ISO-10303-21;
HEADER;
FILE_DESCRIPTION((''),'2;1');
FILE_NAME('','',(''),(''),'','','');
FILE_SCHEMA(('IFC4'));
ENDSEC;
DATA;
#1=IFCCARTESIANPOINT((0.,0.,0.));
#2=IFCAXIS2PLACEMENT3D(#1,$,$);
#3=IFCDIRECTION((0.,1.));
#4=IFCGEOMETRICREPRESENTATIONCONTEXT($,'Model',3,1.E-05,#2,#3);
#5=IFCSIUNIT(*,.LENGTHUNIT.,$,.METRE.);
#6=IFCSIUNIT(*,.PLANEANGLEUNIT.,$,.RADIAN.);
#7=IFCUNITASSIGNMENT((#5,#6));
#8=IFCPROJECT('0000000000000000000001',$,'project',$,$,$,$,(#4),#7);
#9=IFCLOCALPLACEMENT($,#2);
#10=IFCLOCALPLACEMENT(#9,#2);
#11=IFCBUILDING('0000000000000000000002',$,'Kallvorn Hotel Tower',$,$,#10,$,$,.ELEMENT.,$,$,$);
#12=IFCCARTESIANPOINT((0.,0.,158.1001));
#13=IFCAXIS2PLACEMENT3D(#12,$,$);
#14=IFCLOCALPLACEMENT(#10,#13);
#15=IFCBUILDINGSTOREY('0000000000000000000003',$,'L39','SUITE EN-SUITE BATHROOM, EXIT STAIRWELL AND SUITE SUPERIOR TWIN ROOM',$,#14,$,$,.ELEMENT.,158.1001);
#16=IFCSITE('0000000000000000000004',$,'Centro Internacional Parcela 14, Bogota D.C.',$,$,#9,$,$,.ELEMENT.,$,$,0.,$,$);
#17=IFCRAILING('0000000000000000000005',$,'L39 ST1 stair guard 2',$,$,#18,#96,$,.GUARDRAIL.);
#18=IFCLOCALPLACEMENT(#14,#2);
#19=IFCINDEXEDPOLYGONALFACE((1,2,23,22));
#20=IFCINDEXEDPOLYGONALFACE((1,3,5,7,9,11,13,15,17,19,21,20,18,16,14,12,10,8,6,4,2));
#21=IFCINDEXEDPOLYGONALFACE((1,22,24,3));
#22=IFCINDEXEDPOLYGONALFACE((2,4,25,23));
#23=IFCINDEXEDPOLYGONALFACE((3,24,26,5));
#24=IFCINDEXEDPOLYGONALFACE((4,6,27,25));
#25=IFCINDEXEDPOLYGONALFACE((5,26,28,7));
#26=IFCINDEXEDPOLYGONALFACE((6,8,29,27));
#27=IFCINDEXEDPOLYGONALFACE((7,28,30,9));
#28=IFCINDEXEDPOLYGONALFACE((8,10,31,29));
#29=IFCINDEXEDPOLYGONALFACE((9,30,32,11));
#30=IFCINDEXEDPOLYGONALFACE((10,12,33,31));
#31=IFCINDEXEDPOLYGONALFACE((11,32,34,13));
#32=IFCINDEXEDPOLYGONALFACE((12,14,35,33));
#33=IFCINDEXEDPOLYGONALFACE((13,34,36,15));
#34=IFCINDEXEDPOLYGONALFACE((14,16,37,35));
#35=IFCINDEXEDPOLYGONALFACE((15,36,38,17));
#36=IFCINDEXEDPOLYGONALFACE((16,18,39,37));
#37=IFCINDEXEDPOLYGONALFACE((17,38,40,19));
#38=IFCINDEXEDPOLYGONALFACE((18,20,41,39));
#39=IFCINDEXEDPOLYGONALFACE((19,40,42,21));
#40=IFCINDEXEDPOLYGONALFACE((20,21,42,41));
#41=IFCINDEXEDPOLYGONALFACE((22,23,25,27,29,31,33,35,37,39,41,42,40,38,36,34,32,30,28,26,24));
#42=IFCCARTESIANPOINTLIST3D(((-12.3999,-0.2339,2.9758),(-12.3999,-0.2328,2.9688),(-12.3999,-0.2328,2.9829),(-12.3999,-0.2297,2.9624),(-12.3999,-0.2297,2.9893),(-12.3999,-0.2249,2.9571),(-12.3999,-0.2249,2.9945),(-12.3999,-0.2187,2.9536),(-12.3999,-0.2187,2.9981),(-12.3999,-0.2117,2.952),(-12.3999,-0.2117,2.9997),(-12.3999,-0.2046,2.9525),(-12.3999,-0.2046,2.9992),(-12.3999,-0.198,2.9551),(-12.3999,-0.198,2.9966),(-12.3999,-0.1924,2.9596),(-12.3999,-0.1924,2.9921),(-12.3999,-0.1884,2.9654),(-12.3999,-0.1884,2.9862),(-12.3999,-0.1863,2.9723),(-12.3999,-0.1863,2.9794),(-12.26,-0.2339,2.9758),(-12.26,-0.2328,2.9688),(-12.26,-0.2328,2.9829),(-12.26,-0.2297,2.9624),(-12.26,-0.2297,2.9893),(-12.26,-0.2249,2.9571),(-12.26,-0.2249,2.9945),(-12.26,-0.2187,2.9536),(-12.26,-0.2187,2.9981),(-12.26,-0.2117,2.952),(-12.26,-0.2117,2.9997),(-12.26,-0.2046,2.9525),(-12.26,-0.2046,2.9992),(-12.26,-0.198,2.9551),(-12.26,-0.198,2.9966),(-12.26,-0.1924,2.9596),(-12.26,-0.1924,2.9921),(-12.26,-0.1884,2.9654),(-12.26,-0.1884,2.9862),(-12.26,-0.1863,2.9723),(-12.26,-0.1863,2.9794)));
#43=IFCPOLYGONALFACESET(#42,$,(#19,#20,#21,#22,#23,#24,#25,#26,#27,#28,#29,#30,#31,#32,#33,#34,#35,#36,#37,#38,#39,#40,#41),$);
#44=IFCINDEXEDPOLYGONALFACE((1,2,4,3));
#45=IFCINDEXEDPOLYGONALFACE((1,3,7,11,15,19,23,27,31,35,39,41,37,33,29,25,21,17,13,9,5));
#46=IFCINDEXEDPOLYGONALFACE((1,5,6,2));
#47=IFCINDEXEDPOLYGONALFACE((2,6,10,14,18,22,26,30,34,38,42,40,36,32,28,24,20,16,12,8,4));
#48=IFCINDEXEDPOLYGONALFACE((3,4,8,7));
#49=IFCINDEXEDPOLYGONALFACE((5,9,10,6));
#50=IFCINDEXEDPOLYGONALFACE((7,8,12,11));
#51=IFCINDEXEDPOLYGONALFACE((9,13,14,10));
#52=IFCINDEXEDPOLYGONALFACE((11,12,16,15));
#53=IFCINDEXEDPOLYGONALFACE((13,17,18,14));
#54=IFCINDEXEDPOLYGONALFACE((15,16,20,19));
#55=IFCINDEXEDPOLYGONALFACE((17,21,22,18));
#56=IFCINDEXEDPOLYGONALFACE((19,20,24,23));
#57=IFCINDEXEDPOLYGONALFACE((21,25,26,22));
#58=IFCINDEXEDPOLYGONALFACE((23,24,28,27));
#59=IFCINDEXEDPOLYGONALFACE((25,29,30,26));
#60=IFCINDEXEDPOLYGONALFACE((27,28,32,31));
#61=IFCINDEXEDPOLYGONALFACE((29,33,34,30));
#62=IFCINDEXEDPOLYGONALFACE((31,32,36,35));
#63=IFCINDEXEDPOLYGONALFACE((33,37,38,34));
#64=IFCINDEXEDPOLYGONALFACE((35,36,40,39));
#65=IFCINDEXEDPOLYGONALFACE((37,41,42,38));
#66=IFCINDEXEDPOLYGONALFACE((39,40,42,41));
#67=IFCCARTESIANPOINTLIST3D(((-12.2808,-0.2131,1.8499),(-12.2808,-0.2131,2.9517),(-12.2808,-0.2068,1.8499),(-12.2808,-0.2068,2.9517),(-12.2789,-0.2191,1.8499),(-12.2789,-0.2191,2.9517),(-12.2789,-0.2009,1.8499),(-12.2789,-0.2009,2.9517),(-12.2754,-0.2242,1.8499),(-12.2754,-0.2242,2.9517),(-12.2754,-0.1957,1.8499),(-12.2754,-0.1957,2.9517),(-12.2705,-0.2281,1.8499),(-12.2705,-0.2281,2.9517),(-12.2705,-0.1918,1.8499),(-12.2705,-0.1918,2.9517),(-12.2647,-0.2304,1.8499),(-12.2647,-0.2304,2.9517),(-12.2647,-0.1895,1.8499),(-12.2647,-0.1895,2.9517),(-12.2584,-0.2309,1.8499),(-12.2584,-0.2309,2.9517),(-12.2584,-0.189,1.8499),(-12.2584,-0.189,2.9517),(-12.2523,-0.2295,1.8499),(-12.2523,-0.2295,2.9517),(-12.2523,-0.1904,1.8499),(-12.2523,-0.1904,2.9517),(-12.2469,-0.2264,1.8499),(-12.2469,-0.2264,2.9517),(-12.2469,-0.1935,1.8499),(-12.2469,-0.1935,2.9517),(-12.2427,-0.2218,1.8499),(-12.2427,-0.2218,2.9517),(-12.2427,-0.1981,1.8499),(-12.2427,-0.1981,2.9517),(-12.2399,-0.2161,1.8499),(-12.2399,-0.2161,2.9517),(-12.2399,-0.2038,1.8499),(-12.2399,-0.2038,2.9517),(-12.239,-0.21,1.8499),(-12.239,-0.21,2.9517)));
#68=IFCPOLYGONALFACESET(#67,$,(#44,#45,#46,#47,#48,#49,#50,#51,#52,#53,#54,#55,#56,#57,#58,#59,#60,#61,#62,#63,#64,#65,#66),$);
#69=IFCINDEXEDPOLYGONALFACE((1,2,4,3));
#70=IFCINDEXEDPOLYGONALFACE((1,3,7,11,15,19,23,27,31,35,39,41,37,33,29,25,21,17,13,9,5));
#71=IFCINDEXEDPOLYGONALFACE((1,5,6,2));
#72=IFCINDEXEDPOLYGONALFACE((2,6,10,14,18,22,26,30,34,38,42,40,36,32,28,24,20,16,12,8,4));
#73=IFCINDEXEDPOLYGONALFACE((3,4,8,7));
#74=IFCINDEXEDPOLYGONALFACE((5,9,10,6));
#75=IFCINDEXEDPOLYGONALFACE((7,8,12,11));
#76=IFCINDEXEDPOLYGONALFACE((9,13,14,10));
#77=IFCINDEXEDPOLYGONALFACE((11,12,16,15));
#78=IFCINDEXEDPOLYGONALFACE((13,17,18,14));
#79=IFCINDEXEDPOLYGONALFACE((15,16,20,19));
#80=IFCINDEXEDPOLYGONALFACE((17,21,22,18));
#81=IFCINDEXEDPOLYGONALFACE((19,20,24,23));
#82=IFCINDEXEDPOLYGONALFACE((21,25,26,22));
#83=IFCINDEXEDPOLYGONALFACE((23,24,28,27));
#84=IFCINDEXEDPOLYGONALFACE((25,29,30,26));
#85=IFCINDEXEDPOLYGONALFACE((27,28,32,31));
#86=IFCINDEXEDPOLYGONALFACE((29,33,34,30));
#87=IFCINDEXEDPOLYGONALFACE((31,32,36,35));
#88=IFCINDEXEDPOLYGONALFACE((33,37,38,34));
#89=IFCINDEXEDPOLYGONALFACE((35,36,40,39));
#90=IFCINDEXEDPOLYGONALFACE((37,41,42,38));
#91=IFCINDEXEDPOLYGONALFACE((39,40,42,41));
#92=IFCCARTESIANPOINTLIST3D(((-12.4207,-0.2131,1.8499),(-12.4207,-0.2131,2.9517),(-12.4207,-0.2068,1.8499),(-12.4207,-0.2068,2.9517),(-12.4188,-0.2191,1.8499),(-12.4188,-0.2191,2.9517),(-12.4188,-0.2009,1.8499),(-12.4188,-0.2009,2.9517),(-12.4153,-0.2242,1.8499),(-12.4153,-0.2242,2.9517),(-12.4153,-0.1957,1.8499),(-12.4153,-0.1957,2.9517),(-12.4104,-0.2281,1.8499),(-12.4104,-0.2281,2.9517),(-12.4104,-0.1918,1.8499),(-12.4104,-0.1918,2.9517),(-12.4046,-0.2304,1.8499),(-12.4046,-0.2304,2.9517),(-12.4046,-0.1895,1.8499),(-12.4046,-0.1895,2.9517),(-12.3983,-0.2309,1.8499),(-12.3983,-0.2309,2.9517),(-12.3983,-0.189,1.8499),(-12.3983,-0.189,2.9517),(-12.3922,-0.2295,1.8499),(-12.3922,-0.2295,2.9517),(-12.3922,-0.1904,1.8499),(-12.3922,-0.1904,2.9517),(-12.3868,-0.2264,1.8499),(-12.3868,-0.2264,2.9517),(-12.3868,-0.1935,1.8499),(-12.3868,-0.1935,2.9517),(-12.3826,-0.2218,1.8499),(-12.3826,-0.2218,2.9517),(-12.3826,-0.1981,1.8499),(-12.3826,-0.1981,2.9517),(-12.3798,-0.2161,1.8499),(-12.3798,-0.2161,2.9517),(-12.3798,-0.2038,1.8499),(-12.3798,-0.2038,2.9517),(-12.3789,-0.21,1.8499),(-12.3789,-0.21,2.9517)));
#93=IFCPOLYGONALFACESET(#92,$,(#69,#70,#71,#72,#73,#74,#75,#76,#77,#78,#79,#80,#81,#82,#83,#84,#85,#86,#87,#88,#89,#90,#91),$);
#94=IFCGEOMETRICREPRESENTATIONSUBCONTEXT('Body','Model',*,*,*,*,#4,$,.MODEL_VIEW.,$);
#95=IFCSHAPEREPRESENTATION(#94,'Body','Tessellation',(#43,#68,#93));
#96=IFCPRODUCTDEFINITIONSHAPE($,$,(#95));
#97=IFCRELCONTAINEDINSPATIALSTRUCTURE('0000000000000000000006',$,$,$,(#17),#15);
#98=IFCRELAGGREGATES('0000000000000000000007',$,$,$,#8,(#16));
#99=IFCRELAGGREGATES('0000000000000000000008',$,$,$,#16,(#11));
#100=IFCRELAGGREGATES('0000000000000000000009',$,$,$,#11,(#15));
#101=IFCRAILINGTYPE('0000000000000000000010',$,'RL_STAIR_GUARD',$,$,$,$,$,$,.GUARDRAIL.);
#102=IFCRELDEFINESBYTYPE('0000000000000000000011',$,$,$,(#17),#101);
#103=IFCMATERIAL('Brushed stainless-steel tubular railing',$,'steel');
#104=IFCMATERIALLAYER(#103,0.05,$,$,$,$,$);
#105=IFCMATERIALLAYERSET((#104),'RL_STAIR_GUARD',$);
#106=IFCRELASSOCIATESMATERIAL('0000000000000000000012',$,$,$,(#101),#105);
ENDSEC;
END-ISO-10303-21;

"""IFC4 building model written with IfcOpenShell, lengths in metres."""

from ifc_helpers import new_model, si_unit, direction, frame, origin, origin_2d, place, context, subcontext, project, spatial, circle, extrude, material, layer, layer_set, type_object, element, save


model = new_model("IFC4")

# Units and contexts
model_context = context("Model", 3, precision=1e-05, world=origin(), true_north=direction((0.0, 1.0)))
body_context = subcontext(model_context, "Body", "Model", "MODEL_VIEW")
ifc_project = project(units=[si_unit("LENGTHUNIT", "METRE"), si_unit("PLANEANGLEUNIT", "RADIAN")], contexts=[model_context])

# Site, building, storey
site_placement = place(None, origin())
site = spatial("IfcSite", under=ifc_project, at=site_placement, Name="Centro Internacional Parcela 14, Bogota D.C.", CompositionType="ELEMENT", RefElevation=0.0)
building_placement = place(site_placement, origin())
building = spatial("IfcBuilding", under=site, at=building_placement, Name="Kallvorn Hotel Tower", CompositionType="ELEMENT")
storey_placement = place(building_placement, frame((0.0, 0.0, 158.1001)))
storey = spatial("IfcBuildingStorey", under=building, at=storey_placement, Name="L39", Description="SUITE EN-SUITE BATHROOM, EXIT STAIRWELL AND SUITE SUPERIOR TWIN ROOM", CompositionType="ELEMENT", Elevation=158.1001)

# Railing
ifc_material_1 = material(Name="Brushed stainless-steel tubular railing", Category="steel")
ifc_layer_1 = layer(ifc_material_1, 0.05)
ifc_layer_set_1 = layer_set([ifc_layer_1], Name="RL_STAIR_GUARD")
railing_type_1 = type_object("IfcRailingType", Name="RL_STAIR_GUARD", PredefinedType="GUARDRAIL", material=ifc_layer_set_1)
railing_1_placement = place(storey_placement, frame((-12.26, -0.21, 1.8499)))
element("IfcRailing", 1, at=railing_1_placement, inside=storey, type_object=railing_type_1, Name="L39 ST1 stair guard 2", PredefinedType="GUARDRAIL", context=body_context, shape_type="SweptSolid", body=[
    extrude(circle(Radius=0.0239, at=origin_2d()), frame((0.0, 0.0, 1.126), z_axis=(-1.0, 0.0, 0.0), x_axis=(0.0, -1.0, 0.0)), (0.0, 0.0, 1.0), 0.1399),
    extrude(circle(Radius=0.021, at=origin_2d()), origin(), (0.0, 0.0, 1.0), 1.1018),
    extrude(circle(Radius=0.021, at=origin_2d()), frame((-0.1399, 0.0, 0.0)), (0.0, 0.0, 1.0), 1.1018),
])

save(model, "model.ifc")
